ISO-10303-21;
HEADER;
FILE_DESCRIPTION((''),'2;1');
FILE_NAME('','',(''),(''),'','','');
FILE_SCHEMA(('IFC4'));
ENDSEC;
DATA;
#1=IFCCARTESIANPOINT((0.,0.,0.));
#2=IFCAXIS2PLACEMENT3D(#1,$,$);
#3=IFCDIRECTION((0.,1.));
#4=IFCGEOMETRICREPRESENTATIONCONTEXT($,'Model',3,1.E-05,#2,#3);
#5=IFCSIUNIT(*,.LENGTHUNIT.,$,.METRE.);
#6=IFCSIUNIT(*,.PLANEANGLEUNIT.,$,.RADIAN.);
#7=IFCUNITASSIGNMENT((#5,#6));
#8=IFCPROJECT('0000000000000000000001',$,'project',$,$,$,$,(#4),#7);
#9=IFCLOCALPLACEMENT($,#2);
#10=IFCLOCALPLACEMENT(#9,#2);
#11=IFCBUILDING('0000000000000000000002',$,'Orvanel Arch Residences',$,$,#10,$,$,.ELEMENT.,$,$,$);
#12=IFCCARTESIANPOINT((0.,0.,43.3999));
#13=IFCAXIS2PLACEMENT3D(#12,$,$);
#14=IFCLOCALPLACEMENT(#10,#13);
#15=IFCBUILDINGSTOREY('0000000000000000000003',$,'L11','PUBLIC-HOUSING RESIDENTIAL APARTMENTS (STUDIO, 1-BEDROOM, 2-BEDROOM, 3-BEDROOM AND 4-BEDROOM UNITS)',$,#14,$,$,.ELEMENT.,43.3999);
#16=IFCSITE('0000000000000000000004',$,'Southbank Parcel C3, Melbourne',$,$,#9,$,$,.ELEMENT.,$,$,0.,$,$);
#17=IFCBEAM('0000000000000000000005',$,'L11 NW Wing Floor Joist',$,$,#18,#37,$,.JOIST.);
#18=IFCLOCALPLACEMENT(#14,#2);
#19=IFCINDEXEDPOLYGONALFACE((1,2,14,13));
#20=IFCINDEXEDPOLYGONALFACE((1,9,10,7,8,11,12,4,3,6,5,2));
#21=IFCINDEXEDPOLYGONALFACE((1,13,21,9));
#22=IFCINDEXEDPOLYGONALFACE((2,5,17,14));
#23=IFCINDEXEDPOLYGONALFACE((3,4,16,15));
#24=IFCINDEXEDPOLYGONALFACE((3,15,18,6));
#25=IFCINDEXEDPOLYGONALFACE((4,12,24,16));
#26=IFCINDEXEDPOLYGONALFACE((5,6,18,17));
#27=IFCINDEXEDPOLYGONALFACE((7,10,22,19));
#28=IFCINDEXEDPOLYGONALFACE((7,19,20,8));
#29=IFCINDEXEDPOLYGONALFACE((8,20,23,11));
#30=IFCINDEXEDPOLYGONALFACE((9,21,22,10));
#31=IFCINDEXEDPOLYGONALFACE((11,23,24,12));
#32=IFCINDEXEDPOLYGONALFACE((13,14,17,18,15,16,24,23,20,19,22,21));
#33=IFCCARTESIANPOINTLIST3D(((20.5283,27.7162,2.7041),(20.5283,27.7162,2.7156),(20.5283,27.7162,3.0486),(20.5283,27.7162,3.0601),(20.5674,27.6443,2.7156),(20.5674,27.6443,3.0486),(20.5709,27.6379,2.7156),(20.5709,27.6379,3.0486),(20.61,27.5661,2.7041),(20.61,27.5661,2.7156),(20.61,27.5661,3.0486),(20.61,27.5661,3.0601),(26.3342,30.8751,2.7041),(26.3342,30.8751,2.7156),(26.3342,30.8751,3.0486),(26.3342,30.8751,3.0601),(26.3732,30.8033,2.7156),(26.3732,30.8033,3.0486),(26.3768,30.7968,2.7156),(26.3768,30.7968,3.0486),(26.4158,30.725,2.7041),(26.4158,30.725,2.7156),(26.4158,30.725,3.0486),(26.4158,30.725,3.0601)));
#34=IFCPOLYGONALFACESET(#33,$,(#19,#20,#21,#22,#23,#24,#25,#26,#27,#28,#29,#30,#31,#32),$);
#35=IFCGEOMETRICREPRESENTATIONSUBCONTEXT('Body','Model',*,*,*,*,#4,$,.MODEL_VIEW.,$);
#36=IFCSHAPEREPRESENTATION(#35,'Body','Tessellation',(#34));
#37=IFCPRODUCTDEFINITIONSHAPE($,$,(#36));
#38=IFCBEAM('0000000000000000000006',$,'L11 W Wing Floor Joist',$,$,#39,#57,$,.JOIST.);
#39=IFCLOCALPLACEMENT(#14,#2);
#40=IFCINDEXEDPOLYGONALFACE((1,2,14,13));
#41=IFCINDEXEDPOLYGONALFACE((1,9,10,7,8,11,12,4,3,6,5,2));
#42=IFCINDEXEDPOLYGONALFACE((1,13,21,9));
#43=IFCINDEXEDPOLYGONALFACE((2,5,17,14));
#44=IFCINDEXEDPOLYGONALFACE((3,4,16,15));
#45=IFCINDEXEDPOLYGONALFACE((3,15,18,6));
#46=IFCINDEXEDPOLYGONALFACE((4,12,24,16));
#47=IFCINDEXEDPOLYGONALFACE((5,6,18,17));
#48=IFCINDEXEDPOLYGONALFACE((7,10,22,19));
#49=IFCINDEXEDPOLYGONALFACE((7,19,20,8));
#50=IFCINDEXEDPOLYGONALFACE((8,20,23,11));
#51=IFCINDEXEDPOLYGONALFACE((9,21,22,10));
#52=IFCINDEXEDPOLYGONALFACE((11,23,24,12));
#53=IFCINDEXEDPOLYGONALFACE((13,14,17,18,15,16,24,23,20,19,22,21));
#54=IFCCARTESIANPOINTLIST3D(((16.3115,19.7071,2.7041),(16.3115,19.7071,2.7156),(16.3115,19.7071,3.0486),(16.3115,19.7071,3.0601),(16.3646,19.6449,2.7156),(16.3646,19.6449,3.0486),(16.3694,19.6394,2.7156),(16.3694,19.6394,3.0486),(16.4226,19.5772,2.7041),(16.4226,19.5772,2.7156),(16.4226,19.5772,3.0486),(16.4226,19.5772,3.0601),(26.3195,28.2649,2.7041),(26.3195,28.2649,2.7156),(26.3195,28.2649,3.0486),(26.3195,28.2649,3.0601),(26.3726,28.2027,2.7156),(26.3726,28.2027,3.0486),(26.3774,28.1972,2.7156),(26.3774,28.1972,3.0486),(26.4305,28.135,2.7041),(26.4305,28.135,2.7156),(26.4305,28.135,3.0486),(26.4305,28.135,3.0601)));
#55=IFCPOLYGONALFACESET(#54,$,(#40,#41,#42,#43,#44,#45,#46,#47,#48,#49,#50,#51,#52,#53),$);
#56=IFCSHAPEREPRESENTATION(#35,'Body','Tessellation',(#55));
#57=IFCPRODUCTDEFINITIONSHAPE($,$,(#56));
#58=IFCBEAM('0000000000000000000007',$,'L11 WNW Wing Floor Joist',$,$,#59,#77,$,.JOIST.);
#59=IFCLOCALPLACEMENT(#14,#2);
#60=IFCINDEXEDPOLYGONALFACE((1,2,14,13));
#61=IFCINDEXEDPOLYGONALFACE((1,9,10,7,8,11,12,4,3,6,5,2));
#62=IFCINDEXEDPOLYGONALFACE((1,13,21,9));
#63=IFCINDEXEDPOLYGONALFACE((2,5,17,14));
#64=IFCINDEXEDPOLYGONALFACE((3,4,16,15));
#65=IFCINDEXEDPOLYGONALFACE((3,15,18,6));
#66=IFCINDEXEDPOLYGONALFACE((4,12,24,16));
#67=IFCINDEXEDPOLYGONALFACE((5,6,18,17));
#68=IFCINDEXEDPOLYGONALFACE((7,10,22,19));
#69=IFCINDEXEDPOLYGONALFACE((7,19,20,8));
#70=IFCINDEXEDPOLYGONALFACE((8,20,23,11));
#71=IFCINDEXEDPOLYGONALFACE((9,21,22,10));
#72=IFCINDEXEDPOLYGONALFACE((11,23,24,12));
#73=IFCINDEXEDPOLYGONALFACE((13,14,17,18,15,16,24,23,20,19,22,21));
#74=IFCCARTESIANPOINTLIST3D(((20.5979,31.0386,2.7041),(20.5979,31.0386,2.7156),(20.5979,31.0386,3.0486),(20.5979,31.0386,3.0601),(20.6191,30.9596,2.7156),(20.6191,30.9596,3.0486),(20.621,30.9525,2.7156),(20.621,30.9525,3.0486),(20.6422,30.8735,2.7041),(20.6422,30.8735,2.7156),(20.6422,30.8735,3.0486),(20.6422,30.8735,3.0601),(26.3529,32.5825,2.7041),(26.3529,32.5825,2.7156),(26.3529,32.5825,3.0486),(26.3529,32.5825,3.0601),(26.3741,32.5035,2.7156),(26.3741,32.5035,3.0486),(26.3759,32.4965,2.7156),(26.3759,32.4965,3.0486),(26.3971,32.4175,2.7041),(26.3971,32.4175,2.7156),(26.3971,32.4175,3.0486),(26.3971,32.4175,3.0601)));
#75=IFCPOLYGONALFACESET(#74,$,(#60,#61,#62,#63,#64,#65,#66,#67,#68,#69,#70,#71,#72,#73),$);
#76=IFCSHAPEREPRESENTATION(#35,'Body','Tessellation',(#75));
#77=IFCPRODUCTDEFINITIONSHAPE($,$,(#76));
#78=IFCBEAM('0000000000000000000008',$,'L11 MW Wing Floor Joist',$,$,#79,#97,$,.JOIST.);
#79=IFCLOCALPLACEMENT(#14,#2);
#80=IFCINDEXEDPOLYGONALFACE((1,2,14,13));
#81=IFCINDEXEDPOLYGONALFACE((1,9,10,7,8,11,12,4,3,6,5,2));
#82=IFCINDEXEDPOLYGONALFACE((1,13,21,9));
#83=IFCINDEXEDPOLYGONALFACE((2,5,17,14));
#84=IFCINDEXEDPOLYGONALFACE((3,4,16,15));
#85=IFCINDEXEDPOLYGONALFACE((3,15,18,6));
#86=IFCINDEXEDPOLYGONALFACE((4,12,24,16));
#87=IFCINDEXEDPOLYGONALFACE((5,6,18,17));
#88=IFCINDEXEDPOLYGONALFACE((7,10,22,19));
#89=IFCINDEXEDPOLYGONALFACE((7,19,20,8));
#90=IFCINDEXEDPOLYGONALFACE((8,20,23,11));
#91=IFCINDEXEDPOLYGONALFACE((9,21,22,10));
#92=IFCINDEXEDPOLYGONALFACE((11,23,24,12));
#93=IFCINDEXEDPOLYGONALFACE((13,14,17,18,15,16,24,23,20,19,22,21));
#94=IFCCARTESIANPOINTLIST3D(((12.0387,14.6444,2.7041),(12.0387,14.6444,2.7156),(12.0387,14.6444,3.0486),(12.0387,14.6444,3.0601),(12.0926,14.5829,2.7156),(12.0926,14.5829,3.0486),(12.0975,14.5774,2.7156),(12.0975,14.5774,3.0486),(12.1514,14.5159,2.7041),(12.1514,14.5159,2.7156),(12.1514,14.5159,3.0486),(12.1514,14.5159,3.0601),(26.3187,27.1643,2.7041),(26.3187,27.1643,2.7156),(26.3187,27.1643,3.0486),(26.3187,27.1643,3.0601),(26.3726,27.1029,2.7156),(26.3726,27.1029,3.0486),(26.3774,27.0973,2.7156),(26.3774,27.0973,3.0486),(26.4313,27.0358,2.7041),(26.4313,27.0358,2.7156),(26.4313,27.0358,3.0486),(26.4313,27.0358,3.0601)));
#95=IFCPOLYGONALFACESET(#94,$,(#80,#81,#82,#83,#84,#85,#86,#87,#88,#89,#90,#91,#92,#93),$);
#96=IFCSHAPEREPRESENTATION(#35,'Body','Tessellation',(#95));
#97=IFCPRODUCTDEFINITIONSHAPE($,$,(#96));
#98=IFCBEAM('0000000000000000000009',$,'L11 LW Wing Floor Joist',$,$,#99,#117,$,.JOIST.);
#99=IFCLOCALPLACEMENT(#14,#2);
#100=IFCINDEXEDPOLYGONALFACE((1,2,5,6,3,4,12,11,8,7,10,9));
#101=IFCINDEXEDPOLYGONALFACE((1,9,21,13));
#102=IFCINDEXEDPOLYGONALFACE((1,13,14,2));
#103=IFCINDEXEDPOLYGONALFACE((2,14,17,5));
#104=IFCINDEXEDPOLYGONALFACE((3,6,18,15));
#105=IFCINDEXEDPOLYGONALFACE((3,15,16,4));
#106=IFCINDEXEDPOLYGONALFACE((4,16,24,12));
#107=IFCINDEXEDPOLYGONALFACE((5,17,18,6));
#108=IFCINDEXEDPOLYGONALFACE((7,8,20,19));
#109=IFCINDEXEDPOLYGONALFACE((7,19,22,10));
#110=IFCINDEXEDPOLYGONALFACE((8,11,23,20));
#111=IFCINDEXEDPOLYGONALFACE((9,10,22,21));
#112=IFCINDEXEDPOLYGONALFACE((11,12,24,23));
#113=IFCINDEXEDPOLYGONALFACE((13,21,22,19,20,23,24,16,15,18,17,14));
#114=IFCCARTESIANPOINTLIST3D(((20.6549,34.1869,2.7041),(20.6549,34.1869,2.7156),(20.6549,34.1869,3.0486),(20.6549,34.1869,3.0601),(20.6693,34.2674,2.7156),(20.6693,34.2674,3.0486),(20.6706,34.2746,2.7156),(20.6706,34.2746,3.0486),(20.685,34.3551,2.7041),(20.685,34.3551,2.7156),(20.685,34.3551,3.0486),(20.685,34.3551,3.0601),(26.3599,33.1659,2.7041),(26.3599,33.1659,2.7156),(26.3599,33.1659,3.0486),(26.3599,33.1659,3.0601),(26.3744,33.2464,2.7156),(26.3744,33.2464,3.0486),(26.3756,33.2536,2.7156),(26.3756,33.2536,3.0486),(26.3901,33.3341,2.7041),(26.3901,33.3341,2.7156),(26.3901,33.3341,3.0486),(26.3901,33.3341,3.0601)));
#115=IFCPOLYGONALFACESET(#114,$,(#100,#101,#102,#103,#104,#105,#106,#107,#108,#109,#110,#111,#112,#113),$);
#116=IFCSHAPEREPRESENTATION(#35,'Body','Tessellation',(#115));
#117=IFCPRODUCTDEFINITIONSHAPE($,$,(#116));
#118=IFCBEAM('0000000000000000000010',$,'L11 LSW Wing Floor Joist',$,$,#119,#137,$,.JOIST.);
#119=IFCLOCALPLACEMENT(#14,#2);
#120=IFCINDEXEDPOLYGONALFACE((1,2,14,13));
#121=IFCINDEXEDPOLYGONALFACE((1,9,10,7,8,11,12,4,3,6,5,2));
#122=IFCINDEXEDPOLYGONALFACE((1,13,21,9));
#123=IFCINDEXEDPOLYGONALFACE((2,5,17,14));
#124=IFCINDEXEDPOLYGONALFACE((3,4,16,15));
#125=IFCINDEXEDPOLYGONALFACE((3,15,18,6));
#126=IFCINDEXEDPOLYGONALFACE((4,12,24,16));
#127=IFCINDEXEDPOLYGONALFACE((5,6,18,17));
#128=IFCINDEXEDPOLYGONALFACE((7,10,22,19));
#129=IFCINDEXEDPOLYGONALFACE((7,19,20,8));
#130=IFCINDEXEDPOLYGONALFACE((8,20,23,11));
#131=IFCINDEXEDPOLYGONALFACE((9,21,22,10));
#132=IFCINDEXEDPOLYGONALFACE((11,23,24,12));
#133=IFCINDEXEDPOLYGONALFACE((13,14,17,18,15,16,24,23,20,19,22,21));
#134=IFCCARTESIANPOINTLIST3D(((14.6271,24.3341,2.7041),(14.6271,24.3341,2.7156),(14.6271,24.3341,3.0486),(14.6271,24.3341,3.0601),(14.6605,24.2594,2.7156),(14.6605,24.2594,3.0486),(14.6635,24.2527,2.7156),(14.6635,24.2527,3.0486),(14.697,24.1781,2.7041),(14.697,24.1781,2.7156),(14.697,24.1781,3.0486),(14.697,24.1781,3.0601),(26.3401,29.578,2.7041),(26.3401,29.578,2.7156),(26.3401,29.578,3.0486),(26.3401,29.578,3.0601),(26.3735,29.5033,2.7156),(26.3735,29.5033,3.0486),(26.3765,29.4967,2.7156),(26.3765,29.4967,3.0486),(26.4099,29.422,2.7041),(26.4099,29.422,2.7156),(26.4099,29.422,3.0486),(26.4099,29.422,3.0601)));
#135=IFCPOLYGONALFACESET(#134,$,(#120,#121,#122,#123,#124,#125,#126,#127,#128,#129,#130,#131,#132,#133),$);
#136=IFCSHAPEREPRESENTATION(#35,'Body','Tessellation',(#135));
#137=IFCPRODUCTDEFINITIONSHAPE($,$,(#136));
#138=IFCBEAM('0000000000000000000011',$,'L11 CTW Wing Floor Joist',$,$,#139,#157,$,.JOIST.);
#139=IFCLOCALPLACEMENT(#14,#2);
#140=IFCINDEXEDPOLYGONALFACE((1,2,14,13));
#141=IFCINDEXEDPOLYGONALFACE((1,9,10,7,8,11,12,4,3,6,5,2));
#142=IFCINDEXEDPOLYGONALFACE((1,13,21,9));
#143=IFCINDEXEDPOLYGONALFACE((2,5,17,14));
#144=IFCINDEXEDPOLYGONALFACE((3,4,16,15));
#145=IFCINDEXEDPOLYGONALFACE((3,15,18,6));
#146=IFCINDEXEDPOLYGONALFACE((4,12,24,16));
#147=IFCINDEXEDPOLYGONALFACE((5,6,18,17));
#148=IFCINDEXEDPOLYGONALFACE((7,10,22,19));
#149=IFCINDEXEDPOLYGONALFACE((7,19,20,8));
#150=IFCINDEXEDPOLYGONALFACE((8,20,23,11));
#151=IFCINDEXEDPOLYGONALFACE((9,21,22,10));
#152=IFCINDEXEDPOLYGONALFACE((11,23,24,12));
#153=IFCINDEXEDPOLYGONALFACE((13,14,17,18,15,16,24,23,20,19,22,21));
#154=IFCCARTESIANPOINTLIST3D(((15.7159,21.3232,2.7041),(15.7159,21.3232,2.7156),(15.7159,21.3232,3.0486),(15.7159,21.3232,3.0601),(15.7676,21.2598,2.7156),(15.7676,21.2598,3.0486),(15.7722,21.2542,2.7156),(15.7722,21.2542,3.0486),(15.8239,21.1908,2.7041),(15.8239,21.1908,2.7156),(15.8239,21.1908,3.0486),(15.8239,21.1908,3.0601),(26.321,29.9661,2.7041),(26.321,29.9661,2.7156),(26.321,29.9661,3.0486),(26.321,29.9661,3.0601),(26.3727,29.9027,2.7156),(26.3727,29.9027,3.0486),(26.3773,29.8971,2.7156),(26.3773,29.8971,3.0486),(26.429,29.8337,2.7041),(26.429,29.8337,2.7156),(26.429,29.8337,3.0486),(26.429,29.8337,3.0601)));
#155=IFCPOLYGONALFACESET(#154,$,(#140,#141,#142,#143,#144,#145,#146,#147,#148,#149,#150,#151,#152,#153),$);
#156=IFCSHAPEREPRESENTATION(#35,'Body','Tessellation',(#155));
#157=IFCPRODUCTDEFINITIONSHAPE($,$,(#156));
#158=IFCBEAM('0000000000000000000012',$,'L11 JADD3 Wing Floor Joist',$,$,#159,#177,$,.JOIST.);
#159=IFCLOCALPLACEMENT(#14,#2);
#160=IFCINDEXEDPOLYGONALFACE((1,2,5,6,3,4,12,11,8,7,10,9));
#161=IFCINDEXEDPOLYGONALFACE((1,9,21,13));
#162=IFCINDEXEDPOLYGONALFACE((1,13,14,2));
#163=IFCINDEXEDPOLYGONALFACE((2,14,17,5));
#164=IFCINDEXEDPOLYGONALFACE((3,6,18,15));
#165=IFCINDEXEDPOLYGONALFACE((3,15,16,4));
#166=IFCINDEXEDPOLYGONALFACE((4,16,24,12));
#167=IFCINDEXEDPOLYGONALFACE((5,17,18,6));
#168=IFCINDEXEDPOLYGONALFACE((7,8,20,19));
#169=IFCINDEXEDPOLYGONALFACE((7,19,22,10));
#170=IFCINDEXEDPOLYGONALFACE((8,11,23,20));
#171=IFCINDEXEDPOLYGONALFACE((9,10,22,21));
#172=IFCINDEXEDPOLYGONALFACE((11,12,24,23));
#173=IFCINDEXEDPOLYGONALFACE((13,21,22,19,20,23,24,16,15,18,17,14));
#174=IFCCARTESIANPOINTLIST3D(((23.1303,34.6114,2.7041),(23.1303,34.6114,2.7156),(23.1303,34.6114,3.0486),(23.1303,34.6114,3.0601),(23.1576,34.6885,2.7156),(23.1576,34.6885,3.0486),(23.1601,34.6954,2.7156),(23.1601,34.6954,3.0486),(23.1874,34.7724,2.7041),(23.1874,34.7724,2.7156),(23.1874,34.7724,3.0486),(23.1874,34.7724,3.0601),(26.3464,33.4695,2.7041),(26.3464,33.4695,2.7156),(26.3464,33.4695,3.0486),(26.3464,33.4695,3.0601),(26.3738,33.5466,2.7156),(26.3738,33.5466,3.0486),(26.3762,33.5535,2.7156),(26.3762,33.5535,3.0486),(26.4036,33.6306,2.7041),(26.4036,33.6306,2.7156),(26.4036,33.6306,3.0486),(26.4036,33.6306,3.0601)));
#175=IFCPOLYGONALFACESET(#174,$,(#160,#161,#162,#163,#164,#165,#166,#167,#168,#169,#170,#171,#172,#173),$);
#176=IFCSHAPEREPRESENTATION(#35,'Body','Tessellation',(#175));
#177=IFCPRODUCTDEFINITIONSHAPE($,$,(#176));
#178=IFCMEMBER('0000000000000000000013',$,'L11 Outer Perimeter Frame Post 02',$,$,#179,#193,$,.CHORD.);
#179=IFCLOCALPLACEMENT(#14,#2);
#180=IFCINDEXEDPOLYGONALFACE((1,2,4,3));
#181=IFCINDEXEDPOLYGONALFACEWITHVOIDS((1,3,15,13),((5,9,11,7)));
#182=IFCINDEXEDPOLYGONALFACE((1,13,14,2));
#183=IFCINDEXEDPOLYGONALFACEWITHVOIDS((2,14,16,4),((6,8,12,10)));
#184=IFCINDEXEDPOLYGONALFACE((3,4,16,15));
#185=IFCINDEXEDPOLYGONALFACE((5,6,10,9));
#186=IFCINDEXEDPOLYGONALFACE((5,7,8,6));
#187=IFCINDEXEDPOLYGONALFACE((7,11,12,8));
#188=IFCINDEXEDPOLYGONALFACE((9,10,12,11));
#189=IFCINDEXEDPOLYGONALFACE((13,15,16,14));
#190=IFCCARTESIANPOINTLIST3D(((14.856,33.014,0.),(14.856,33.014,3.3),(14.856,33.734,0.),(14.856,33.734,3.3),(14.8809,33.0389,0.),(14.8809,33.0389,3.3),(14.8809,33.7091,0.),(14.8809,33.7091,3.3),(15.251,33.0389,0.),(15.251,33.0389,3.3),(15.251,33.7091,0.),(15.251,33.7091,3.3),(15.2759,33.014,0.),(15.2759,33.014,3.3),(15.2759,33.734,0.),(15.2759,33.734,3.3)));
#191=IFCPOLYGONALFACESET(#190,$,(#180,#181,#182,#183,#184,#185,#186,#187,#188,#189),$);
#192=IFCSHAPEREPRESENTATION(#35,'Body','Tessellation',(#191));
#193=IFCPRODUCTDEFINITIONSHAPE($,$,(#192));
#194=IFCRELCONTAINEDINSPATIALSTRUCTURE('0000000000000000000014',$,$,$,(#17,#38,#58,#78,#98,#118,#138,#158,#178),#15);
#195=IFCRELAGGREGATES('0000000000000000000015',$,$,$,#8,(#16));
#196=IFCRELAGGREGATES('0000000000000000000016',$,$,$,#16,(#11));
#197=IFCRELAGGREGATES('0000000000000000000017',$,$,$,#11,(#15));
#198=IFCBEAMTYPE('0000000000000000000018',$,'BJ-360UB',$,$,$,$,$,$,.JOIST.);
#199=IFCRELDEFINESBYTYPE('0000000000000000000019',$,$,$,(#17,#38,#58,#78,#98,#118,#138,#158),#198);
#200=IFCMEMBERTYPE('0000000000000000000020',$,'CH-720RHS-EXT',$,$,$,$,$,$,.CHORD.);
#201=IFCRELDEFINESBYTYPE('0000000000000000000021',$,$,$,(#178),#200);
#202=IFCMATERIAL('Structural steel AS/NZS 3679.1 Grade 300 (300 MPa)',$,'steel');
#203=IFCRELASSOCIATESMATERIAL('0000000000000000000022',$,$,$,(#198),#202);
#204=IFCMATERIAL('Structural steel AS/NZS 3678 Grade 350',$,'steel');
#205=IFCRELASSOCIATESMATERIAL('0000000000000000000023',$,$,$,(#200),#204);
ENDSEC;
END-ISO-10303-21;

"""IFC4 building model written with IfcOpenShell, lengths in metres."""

from ifc_helpers import new_model, si_unit, direction, frame, origin, origin_2d, place, context, subcontext, project, spatial, hollow_rectangle, i_section, extrude, material, material_profile, profile_set, type_object, element, save


model = new_model("IFC4")

# Units and contexts
model_context = context("Model", 3, precision=1e-05, world=origin(), true_north=direction((0.0, 1.0)))
body_context = subcontext(model_context, "Body", "Model", "MODEL_VIEW")
ifc_project = project(units=[si_unit("LENGTHUNIT", "METRE"), si_unit("PLANEANGLEUNIT", "RADIAN")], contexts=[model_context])

# Site, building, storey
site_placement = place(None, origin())
site = spatial("IfcSite", under=ifc_project, at=site_placement, Name="Southbank Parcel C3, Melbourne", CompositionType="ELEMENT", RefElevation=0.0)
building_placement = place(site_placement, origin())
building = spatial("IfcBuilding", under=site, at=building_placement, Name="Orvanel Arch Residences", CompositionType="ELEMENT")
storey_placement = place(building_placement, frame((0.0, 0.0, 43.3999)))
storey = spatial("IfcBuildingStorey", under=building, at=storey_placement, Name="L11", Description="PUBLIC-HOUSING RESIDENTIAL APARTMENTS (STUDIO, 1-BEDROOM, 2-BEDROOM, 3-BEDROOM AND 4-BEDROOM UNITS)", CompositionType="ELEMENT", Elevation=43.3999)

# Beams
ifc_material_1 = material(Name="Structural steel AS/NZS 3679.1 Grade 300 (300 MPa)", Category="steel")
ifc_material_profile_1 = material_profile(ifc_material_1, i_section(OverallWidth=0.1709, OverallDepth=0.356, WebThickness=0.0073, FlangeThickness=0.0115, at=origin_2d()), Name="360UB50.7")
ifc_profile_set_1 = profile_set([ifc_material_profile_1], Name="Structural steel AS/NZS 3679.1 Grade 300 (300 MPa)")
beam_type_1 = type_object("IfcBeamType", Name="BJ-360UB", PredefinedType="JOIST", material=ifc_profile_set_1)
beam_1_placement = place(storey_placement, frame((26.375, 30.8, 2.8821), z_axis=(-0.878399, -0.477928, 0.0), x_axis=(0.477928, -0.878399, 0.0)))
element("IfcBeam", 1, at=beam_1_placement, inside=storey, type_object=beam_type_1, Name="L11 NW Wing Floor Joist", PredefinedType="JOIST", context=body_context, shape_type="SweptSolid", body=[
    extrude(i_section(OverallWidth=0.1709, OverallDepth=0.356, WebThickness=0.0073, FlangeThickness=0.0115, at=origin_2d()), origin(), (0.0, 0.0, 1.0), 6.6096),
])
beam_2_placement = place(storey_placement, frame((26.375, 28.2, 2.8821), z_axis=(-0.760024, -0.649895, 0.0), x_axis=(0.649895, -0.760024, 0.0)))
element("IfcBeam", 2, at=beam_2_placement, inside=storey, type_object=beam_type_1, Name="L11 W Wing Floor Joist", PredefinedType="JOIST", context=body_context, shape_type="SweptSolid", body=[
    extrude(i_section(OverallWidth=0.1709, OverallDepth=0.356, WebThickness=0.0073, FlangeThickness=0.0115, at=origin_2d()), origin(), (0.0, 0.0, 1.0), 13.168),
])
beam_3_placement = place(storey_placement, frame((26.375, 32.5, 2.8821), z_axis=(-0.965845, -0.259121, 0.0), x_axis=(0.259121, -0.965845, 0.0)))
element("IfcBeam", 3, at=beam_3_placement, inside=storey, type_object=beam_type_1, Name="L11 WNW Wing Floor Joist", PredefinedType="JOIST", context=body_context, shape_type="SweptSolid", body=[
    extrude(i_section(OverallWidth=0.1709, OverallDepth=0.356, WebThickness=0.0073, FlangeThickness=0.0115, at=origin_2d()), origin(), (0.0, 0.0, 1.0), 5.9585),
])
beam_4_placement = place(storey_placement, frame((26.375, 27.1001, 2.8821), z_axis=(-0.751924, -0.65925, 0.0), x_axis=(0.65925, -0.751924, 0.0)))
element("IfcBeam", 4, at=beam_4_placement, inside=storey, type_object=beam_type_1, Name="L11 MW Wing Floor Joist", PredefinedType="JOIST", context=body_context, shape_type="SweptSolid", body=[
    extrude(i_section(OverallWidth=0.1709, OverallDepth=0.356, WebThickness=0.0073, FlangeThickness=0.0115, at=origin_2d()), origin(), (0.0, 0.0, 1.0), 18.9912),
])
beam_5_placement = place(storey_placement, frame((26.375, 33.25, 2.8821), z_axis=(-0.984361, 0.176164, 0.0), x_axis=(-0.176164, -0.984361, 0.0)))
element("IfcBeam", 5, at=beam_5_placement, inside=storey, type_object=beam_type_1, Name="L11 LW Wing Floor Joist", PredefinedType="JOIST", context=body_context, shape_type="SweptSolid", body=[
    extrude(i_section(OverallWidth=0.1709, OverallDepth=0.356, WebThickness=0.0073, FlangeThickness=0.0115, at=origin_2d()), origin(), (0.0, 0.0, 1.0), 5.7957),
])
beam_6_placement = place(storey_placement, frame((26.375, 29.5, 2.8821), z_axis=(-0.912704, -0.408621, 0.0), x_axis=(0.408621, -0.912704, 0.0)))
element("IfcBeam", 6, at=beam_6_placement, inside=storey, type_object=beam_type_1, Name="L11 LSW Wing Floor Joist", PredefinedType="JOIST", context=body_context, shape_type="SweptSolid", body=[
    extrude(i_section(OverallWidth=0.1709, OverallDepth=0.356, WebThickness=0.0073, FlangeThickness=0.0115, at=origin_2d()), origin(), (0.0, 0.0, 1.0), 12.8333),
])
beam_7_placement = place(storey_placement, frame((26.375, 29.8999, 2.8821), z_axis=(-0.775173, -0.631749, 0.0), x_axis=(0.631749, -0.775173, 0.0)))
element("IfcBeam", 7, at=beam_7_placement, inside=storey, type_object=beam_type_1, Name="L11 CTW Wing Floor Joist", PredefinedType="JOIST", context=body_context, shape_type="SweptSolid", body=[
    extrude(i_section(OverallWidth=0.1709, OverallDepth=0.356, WebThickness=0.0073, FlangeThickness=0.0115, at=origin_2d()), origin(), (0.0, 0.0, 1.0), 13.6809),
])
beam_8_placement = place(storey_placement, frame((26.375, 33.55, 2.8821), z_axis=(-0.942367, 0.334582, 0.0), x_axis=(-0.334582, -0.942367, 0.0)))
element("IfcBeam", 8, at=beam_8_placement, inside=storey, type_object=beam_type_1, Name="L11 JADD3 Wing Floor Joist", PredefinedType="JOIST", context=body_context, shape_type="SweptSolid", body=[
    extrude(i_section(OverallWidth=0.1709, OverallDepth=0.356, WebThickness=0.0073, FlangeThickness=0.0115, at=origin_2d()), origin(), (0.0, 0.0, 1.0), 3.4128),
])

# Member
ifc_material_2 = material(Name="Structural steel AS/NZS 3678 Grade 350", Category="steel")
ifc_material_profile_2 = material_profile(ifc_material_2, hollow_rectangle(XDim=0.4199, YDim=0.72, WallThickness=0.0249, at=origin_2d()), Name="RHS720x420x25")
ifc_profile_set_2 = profile_set([ifc_material_profile_2], Name="Structural steel AS/NZS 3678 Grade 350")
member_type_1 = type_object("IfcMemberType", Name="CH-720RHS-EXT", PredefinedType="CHORD", material=ifc_profile_set_2)
member_1_placement = place(storey_placement, frame((15.0659, 33.374, 0.0), z_axis=(0.0, 0.0, 1.0), x_axis=(1.0, 0.0, 0.0)))
element("IfcMember", 9, at=member_1_placement, inside=storey, type_object=member_type_1, Name="L11 Outer Perimeter Frame Post 02", PredefinedType="CHORD", context=body_context, shape_type="SweptSolid", body=[
    extrude(hollow_rectangle(XDim=0.4199, YDim=0.72, WallThickness=0.0249, at=origin_2d()), origin(), (0.0, 0.0, 1.0), 3.3),
])

save(model, "model.ifc")
